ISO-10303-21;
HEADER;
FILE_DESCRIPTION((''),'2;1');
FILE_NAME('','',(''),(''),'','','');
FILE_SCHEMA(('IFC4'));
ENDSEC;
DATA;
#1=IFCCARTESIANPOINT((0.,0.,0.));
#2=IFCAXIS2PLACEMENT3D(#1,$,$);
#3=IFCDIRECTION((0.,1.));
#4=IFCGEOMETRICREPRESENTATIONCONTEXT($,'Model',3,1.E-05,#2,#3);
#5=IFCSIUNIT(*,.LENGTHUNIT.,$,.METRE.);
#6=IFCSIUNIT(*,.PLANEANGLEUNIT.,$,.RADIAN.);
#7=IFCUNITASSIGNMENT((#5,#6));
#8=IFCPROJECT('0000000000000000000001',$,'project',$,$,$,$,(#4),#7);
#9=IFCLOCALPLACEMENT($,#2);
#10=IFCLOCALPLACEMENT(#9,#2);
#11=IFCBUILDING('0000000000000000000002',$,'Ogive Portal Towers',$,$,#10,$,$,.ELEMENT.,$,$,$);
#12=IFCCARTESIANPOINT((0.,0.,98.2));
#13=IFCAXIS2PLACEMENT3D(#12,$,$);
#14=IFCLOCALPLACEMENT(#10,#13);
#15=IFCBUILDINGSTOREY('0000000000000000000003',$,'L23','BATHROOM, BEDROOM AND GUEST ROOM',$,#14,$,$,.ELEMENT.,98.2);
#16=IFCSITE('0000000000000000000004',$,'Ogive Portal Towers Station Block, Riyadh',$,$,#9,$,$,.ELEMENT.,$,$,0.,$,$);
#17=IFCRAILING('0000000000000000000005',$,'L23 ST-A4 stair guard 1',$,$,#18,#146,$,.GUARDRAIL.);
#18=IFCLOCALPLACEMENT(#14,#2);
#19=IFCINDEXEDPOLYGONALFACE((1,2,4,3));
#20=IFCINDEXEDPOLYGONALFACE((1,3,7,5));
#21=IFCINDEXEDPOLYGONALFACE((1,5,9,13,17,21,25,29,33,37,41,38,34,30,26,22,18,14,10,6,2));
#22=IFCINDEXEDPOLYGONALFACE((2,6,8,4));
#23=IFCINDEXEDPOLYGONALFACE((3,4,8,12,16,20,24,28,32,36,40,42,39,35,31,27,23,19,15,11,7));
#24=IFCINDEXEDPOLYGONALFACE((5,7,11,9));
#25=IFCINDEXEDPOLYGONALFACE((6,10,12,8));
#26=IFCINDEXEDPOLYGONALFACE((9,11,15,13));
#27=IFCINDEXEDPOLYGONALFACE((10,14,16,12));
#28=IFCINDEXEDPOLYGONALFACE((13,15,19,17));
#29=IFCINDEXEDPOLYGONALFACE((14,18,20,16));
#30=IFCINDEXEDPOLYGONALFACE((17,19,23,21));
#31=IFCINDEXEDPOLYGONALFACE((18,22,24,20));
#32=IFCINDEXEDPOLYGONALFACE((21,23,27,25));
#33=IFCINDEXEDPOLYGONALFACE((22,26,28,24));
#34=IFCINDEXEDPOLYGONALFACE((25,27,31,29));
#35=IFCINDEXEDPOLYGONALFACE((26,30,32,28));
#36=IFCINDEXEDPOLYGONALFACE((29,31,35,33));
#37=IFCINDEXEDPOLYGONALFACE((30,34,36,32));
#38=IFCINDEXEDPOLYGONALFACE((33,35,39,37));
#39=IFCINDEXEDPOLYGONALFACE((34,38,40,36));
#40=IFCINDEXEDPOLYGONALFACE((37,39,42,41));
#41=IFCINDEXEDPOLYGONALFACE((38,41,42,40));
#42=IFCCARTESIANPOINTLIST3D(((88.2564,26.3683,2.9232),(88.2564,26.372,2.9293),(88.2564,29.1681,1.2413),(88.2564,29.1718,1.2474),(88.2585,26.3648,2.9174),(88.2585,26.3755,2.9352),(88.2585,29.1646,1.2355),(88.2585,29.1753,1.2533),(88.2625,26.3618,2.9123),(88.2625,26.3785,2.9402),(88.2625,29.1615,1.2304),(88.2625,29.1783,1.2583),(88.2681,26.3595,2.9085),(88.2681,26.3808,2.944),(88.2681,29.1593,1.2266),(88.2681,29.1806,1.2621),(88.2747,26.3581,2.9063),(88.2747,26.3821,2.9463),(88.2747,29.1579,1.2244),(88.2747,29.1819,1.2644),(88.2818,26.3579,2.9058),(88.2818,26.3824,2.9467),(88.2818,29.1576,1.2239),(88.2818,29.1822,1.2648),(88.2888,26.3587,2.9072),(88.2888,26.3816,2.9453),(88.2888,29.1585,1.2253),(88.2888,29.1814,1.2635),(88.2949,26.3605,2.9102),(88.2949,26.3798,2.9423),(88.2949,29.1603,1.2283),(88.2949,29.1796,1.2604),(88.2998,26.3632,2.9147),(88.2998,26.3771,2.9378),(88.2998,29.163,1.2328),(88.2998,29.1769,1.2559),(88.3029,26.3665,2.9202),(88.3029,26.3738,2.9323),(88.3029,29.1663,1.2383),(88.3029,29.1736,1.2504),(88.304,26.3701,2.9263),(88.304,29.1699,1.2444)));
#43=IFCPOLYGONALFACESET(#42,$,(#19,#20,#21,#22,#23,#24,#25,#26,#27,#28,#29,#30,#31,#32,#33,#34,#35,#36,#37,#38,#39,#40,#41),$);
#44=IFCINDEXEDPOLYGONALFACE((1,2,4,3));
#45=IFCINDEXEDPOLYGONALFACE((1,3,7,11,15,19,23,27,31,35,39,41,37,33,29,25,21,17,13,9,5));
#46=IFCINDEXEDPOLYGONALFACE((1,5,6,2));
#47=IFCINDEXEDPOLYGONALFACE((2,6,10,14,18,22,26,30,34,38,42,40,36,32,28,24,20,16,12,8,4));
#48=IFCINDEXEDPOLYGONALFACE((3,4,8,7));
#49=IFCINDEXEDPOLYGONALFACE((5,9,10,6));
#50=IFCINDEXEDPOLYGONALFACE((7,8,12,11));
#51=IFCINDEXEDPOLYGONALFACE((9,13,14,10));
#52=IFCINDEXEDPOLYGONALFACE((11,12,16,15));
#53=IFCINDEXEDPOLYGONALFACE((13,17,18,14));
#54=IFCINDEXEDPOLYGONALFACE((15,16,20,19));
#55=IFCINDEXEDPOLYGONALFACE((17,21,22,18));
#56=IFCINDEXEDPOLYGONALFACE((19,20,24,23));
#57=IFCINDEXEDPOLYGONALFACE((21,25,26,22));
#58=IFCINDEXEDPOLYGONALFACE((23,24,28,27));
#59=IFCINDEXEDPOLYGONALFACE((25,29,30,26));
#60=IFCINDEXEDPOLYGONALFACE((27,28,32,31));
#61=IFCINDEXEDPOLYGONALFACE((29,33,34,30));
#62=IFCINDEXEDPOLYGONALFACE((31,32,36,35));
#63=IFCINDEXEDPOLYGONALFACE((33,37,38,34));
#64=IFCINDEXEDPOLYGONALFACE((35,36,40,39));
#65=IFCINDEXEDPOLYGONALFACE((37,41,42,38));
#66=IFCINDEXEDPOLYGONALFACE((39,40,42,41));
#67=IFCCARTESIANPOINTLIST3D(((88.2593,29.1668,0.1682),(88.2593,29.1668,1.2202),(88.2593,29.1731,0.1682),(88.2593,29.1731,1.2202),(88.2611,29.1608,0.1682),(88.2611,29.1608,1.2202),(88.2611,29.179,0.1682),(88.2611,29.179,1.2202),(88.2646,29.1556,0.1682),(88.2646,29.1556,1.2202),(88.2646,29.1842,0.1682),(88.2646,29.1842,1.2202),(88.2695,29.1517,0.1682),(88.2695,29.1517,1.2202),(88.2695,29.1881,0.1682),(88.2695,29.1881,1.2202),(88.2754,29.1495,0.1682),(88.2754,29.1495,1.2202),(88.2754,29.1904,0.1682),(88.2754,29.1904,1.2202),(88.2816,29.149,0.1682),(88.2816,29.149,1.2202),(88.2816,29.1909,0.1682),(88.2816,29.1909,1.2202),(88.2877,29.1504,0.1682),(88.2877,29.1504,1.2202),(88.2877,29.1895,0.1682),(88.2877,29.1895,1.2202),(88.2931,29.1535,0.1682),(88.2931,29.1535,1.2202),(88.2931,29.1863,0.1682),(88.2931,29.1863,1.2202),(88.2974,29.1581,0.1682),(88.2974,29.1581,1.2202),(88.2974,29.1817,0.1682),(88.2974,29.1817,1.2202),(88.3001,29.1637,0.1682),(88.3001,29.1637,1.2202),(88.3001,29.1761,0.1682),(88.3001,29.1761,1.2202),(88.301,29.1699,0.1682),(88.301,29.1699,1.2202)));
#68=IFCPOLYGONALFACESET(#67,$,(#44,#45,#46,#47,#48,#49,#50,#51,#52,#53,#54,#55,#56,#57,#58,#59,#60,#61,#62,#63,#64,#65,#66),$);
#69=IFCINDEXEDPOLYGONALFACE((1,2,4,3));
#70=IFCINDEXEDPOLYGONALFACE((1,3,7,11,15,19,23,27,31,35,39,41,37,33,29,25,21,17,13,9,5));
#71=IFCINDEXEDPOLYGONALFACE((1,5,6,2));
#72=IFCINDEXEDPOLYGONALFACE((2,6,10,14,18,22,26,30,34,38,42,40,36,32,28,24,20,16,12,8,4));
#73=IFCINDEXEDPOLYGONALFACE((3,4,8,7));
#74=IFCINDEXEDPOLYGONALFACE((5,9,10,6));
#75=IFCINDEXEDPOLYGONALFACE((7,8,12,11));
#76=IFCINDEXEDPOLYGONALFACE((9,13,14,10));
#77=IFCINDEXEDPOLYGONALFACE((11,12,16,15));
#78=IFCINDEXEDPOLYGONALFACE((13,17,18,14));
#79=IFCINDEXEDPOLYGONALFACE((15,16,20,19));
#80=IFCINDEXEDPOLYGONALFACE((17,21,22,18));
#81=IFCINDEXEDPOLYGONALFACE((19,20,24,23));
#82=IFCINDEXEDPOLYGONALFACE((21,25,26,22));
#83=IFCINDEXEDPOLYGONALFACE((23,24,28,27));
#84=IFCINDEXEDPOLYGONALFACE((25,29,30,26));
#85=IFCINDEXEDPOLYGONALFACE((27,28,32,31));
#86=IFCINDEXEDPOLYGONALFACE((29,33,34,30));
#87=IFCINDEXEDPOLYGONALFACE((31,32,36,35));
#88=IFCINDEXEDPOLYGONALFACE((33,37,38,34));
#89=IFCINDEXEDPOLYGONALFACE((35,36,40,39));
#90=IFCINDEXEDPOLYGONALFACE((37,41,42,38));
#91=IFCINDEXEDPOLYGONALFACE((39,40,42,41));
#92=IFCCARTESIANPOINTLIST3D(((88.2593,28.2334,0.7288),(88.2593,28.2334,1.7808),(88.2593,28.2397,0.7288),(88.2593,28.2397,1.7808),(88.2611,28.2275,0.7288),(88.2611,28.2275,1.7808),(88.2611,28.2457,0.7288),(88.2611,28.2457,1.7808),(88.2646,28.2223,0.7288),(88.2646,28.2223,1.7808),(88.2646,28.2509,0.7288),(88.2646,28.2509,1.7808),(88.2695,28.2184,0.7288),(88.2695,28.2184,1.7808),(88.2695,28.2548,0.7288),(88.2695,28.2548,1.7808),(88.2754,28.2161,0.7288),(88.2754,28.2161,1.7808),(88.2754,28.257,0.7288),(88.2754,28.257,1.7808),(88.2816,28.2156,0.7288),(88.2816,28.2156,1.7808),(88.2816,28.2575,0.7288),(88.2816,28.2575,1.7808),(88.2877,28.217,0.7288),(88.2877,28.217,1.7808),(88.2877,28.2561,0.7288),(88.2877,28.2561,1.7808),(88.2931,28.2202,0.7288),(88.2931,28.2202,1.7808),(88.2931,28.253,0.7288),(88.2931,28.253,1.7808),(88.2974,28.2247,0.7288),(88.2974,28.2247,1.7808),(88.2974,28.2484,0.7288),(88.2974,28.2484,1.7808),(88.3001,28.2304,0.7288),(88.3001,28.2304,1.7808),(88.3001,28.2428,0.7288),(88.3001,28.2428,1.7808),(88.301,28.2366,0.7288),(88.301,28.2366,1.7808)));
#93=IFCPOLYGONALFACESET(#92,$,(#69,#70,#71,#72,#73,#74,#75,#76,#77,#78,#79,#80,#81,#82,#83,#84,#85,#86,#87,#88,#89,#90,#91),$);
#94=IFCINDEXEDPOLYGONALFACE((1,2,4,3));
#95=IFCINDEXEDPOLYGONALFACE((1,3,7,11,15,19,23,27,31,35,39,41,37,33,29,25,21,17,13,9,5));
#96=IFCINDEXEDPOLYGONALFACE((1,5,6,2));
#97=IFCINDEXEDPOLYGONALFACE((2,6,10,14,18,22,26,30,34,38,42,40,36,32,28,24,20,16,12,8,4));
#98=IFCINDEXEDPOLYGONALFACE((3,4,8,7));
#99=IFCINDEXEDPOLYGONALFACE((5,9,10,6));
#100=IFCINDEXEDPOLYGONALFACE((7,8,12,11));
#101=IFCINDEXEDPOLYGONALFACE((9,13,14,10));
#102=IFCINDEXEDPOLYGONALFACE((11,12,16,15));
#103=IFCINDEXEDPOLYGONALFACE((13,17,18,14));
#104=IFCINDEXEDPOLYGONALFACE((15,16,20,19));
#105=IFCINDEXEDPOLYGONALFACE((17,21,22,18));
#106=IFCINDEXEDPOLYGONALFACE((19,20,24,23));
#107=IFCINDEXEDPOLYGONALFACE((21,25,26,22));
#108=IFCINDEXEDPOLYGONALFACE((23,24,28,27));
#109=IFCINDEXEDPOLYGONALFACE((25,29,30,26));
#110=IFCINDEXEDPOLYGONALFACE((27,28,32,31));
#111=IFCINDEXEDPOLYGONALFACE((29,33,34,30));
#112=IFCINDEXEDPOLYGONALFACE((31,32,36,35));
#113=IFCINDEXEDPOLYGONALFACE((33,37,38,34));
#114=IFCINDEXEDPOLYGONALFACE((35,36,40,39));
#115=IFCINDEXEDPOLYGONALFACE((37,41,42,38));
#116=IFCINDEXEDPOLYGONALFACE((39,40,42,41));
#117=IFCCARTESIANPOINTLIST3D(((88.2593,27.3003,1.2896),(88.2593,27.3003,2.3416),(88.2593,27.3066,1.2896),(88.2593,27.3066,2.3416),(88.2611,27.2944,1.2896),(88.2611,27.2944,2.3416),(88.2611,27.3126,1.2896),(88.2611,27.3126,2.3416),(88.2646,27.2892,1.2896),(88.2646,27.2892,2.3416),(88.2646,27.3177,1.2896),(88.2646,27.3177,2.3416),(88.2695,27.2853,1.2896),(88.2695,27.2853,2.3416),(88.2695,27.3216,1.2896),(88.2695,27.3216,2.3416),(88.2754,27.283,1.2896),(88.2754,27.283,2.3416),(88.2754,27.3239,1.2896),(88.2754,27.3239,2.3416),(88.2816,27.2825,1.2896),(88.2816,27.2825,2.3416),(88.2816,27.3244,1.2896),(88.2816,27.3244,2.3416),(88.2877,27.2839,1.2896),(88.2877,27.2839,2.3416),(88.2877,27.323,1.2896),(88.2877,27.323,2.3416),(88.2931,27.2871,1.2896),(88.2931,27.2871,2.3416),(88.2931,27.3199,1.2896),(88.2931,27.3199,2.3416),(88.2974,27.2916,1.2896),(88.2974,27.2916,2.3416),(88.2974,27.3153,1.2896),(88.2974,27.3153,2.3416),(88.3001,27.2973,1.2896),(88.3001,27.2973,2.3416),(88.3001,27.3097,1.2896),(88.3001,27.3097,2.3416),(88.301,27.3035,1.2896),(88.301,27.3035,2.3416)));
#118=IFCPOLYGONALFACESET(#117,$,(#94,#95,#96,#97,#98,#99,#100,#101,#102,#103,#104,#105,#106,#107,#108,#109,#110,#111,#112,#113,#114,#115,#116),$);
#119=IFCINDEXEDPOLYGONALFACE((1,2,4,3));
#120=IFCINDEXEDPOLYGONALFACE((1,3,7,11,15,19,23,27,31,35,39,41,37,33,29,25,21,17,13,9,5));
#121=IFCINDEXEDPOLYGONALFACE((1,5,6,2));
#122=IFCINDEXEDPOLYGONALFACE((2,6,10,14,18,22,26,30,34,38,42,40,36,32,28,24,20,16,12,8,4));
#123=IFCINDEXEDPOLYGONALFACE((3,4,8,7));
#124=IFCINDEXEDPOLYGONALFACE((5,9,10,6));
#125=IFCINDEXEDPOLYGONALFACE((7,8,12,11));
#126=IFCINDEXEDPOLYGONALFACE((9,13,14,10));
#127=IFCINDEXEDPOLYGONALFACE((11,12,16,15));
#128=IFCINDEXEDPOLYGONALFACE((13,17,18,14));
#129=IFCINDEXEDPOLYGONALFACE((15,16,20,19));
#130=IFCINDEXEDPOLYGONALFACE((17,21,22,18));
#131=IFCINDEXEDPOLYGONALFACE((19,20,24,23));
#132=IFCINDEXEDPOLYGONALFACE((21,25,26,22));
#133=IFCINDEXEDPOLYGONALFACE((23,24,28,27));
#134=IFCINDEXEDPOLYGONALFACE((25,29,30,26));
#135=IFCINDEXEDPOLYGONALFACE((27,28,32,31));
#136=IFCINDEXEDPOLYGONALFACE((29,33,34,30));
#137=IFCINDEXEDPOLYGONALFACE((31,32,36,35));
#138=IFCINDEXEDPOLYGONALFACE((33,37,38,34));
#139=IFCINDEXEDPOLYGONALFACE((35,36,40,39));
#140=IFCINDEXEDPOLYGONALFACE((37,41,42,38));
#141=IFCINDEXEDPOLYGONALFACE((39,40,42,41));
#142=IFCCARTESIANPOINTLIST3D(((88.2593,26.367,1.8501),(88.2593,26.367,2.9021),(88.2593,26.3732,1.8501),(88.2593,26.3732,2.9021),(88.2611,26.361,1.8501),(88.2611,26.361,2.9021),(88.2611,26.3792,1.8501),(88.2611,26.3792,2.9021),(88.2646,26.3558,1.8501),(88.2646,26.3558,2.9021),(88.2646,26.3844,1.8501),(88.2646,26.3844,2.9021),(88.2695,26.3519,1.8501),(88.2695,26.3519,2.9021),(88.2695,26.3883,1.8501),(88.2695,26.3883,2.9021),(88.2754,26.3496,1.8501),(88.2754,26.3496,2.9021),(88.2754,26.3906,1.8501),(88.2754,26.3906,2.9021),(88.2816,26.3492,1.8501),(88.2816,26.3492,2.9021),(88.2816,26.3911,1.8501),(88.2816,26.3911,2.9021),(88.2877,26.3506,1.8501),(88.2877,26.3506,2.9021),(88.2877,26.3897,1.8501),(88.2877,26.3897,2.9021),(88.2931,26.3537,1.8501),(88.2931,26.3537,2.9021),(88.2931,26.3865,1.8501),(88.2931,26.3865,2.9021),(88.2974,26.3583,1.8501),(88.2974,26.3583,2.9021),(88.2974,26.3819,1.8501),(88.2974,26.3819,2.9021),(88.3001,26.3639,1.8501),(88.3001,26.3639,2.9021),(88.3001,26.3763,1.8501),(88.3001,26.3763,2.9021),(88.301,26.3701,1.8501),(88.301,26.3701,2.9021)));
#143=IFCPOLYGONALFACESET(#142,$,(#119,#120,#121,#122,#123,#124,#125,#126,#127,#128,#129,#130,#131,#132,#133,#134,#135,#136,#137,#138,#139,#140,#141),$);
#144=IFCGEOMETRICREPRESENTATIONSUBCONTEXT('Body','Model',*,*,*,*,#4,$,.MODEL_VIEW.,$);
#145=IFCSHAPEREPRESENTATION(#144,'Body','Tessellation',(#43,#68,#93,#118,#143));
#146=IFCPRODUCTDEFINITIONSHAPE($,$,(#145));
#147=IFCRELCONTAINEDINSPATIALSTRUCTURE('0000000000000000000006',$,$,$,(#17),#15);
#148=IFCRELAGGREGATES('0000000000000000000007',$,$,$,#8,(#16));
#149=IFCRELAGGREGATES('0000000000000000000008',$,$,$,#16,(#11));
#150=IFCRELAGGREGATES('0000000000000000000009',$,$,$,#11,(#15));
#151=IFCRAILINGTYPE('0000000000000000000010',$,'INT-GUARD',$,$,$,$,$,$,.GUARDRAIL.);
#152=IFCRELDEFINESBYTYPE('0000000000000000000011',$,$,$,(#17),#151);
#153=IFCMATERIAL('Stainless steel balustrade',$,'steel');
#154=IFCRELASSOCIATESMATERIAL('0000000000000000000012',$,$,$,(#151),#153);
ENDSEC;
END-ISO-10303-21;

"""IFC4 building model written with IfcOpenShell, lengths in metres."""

from ifc_helpers import new_model, si_unit, direction, frame, origin, origin_2d, place, context, subcontext, project, spatial, circle, extrude, material, type_object, element, save


model = new_model("IFC4")

# Units and contexts
model_context = context("Model", 3, precision=1e-05, world=origin(), true_north=direction((0.0, 1.0)))
body_context = subcontext(model_context, "Body", "Model", "MODEL_VIEW")
ifc_project = project(units=[si_unit("LENGTHUNIT", "METRE"), si_unit("PLANEANGLEUNIT", "RADIAN")], contexts=[model_context])

# Site, building, storey
site_placement = place(None, origin())
site = spatial("IfcSite", under=ifc_project, at=site_placement, Name="Ogive Portal Towers Station Block, Riyadh", CompositionType="ELEMENT", RefElevation=0.0)
building_placement = place(site_placement, origin())
building = spatial("IfcBuilding", under=site, at=building_placement, Name="Ogive Portal Towers", CompositionType="ELEMENT")
storey_placement = place(building_placement, frame((0.0, 0.0, 98.2)))
storey = spatial("IfcBuildingStorey", under=building, at=storey_placement, Name="L23", Description="BATHROOM, BEDROOM AND GUEST ROOM", CompositionType="ELEMENT", Elevation=98.2)

# Railing
ifc_material_1 = material(Name="Stainless steel balustrade", Category="steel")
railing_type_1 = type_object("IfcRailingType", Name="INT-GUARD", PredefinedType="GUARDRAIL", material=ifc_material_1)
railing_1_placement = place(storey_placement, frame((88.28, 29.1699, 0.1682)))
element("IfcRailing", 1, at=railing_1_placement, inside=storey, type_object=railing_type_1, Name="L23 ST-A4 stair guard 1", PredefinedType="GUARDRAIL", context=body_context, shape_type="SweptSolid", body=[
    extrude(circle(Radius=0.0239, at=origin_2d()), frame((0.0, 0.0, 1.0762), z_axis=(0.0, -0.857222, 0.514946), x_axis=(1.0, 0.0, 0.0)), (0.0, 0.0, 1.0), 3.2661),
    extrude(circle(Radius=0.021, at=origin_2d()), origin(), (0.0, 0.0, 1.0), 1.052),
    extrude(circle(Radius=0.021, at=origin_2d()), frame((0.0, -0.9333, 0.5605)), (0.0, 0.0, 1.0), 1.052),
    extrude(circle(Radius=0.021, at=origin_2d()), frame((0.0, -1.8665, 1.1213)), (0.0, 0.0, 1.0), 1.052),
    extrude(circle(Radius=0.021, at=origin_2d()), frame((0.0, -2.7998, 1.6819)), (0.0, 0.0, 1.0), 1.052),
])

save(model, "model.ifc")
